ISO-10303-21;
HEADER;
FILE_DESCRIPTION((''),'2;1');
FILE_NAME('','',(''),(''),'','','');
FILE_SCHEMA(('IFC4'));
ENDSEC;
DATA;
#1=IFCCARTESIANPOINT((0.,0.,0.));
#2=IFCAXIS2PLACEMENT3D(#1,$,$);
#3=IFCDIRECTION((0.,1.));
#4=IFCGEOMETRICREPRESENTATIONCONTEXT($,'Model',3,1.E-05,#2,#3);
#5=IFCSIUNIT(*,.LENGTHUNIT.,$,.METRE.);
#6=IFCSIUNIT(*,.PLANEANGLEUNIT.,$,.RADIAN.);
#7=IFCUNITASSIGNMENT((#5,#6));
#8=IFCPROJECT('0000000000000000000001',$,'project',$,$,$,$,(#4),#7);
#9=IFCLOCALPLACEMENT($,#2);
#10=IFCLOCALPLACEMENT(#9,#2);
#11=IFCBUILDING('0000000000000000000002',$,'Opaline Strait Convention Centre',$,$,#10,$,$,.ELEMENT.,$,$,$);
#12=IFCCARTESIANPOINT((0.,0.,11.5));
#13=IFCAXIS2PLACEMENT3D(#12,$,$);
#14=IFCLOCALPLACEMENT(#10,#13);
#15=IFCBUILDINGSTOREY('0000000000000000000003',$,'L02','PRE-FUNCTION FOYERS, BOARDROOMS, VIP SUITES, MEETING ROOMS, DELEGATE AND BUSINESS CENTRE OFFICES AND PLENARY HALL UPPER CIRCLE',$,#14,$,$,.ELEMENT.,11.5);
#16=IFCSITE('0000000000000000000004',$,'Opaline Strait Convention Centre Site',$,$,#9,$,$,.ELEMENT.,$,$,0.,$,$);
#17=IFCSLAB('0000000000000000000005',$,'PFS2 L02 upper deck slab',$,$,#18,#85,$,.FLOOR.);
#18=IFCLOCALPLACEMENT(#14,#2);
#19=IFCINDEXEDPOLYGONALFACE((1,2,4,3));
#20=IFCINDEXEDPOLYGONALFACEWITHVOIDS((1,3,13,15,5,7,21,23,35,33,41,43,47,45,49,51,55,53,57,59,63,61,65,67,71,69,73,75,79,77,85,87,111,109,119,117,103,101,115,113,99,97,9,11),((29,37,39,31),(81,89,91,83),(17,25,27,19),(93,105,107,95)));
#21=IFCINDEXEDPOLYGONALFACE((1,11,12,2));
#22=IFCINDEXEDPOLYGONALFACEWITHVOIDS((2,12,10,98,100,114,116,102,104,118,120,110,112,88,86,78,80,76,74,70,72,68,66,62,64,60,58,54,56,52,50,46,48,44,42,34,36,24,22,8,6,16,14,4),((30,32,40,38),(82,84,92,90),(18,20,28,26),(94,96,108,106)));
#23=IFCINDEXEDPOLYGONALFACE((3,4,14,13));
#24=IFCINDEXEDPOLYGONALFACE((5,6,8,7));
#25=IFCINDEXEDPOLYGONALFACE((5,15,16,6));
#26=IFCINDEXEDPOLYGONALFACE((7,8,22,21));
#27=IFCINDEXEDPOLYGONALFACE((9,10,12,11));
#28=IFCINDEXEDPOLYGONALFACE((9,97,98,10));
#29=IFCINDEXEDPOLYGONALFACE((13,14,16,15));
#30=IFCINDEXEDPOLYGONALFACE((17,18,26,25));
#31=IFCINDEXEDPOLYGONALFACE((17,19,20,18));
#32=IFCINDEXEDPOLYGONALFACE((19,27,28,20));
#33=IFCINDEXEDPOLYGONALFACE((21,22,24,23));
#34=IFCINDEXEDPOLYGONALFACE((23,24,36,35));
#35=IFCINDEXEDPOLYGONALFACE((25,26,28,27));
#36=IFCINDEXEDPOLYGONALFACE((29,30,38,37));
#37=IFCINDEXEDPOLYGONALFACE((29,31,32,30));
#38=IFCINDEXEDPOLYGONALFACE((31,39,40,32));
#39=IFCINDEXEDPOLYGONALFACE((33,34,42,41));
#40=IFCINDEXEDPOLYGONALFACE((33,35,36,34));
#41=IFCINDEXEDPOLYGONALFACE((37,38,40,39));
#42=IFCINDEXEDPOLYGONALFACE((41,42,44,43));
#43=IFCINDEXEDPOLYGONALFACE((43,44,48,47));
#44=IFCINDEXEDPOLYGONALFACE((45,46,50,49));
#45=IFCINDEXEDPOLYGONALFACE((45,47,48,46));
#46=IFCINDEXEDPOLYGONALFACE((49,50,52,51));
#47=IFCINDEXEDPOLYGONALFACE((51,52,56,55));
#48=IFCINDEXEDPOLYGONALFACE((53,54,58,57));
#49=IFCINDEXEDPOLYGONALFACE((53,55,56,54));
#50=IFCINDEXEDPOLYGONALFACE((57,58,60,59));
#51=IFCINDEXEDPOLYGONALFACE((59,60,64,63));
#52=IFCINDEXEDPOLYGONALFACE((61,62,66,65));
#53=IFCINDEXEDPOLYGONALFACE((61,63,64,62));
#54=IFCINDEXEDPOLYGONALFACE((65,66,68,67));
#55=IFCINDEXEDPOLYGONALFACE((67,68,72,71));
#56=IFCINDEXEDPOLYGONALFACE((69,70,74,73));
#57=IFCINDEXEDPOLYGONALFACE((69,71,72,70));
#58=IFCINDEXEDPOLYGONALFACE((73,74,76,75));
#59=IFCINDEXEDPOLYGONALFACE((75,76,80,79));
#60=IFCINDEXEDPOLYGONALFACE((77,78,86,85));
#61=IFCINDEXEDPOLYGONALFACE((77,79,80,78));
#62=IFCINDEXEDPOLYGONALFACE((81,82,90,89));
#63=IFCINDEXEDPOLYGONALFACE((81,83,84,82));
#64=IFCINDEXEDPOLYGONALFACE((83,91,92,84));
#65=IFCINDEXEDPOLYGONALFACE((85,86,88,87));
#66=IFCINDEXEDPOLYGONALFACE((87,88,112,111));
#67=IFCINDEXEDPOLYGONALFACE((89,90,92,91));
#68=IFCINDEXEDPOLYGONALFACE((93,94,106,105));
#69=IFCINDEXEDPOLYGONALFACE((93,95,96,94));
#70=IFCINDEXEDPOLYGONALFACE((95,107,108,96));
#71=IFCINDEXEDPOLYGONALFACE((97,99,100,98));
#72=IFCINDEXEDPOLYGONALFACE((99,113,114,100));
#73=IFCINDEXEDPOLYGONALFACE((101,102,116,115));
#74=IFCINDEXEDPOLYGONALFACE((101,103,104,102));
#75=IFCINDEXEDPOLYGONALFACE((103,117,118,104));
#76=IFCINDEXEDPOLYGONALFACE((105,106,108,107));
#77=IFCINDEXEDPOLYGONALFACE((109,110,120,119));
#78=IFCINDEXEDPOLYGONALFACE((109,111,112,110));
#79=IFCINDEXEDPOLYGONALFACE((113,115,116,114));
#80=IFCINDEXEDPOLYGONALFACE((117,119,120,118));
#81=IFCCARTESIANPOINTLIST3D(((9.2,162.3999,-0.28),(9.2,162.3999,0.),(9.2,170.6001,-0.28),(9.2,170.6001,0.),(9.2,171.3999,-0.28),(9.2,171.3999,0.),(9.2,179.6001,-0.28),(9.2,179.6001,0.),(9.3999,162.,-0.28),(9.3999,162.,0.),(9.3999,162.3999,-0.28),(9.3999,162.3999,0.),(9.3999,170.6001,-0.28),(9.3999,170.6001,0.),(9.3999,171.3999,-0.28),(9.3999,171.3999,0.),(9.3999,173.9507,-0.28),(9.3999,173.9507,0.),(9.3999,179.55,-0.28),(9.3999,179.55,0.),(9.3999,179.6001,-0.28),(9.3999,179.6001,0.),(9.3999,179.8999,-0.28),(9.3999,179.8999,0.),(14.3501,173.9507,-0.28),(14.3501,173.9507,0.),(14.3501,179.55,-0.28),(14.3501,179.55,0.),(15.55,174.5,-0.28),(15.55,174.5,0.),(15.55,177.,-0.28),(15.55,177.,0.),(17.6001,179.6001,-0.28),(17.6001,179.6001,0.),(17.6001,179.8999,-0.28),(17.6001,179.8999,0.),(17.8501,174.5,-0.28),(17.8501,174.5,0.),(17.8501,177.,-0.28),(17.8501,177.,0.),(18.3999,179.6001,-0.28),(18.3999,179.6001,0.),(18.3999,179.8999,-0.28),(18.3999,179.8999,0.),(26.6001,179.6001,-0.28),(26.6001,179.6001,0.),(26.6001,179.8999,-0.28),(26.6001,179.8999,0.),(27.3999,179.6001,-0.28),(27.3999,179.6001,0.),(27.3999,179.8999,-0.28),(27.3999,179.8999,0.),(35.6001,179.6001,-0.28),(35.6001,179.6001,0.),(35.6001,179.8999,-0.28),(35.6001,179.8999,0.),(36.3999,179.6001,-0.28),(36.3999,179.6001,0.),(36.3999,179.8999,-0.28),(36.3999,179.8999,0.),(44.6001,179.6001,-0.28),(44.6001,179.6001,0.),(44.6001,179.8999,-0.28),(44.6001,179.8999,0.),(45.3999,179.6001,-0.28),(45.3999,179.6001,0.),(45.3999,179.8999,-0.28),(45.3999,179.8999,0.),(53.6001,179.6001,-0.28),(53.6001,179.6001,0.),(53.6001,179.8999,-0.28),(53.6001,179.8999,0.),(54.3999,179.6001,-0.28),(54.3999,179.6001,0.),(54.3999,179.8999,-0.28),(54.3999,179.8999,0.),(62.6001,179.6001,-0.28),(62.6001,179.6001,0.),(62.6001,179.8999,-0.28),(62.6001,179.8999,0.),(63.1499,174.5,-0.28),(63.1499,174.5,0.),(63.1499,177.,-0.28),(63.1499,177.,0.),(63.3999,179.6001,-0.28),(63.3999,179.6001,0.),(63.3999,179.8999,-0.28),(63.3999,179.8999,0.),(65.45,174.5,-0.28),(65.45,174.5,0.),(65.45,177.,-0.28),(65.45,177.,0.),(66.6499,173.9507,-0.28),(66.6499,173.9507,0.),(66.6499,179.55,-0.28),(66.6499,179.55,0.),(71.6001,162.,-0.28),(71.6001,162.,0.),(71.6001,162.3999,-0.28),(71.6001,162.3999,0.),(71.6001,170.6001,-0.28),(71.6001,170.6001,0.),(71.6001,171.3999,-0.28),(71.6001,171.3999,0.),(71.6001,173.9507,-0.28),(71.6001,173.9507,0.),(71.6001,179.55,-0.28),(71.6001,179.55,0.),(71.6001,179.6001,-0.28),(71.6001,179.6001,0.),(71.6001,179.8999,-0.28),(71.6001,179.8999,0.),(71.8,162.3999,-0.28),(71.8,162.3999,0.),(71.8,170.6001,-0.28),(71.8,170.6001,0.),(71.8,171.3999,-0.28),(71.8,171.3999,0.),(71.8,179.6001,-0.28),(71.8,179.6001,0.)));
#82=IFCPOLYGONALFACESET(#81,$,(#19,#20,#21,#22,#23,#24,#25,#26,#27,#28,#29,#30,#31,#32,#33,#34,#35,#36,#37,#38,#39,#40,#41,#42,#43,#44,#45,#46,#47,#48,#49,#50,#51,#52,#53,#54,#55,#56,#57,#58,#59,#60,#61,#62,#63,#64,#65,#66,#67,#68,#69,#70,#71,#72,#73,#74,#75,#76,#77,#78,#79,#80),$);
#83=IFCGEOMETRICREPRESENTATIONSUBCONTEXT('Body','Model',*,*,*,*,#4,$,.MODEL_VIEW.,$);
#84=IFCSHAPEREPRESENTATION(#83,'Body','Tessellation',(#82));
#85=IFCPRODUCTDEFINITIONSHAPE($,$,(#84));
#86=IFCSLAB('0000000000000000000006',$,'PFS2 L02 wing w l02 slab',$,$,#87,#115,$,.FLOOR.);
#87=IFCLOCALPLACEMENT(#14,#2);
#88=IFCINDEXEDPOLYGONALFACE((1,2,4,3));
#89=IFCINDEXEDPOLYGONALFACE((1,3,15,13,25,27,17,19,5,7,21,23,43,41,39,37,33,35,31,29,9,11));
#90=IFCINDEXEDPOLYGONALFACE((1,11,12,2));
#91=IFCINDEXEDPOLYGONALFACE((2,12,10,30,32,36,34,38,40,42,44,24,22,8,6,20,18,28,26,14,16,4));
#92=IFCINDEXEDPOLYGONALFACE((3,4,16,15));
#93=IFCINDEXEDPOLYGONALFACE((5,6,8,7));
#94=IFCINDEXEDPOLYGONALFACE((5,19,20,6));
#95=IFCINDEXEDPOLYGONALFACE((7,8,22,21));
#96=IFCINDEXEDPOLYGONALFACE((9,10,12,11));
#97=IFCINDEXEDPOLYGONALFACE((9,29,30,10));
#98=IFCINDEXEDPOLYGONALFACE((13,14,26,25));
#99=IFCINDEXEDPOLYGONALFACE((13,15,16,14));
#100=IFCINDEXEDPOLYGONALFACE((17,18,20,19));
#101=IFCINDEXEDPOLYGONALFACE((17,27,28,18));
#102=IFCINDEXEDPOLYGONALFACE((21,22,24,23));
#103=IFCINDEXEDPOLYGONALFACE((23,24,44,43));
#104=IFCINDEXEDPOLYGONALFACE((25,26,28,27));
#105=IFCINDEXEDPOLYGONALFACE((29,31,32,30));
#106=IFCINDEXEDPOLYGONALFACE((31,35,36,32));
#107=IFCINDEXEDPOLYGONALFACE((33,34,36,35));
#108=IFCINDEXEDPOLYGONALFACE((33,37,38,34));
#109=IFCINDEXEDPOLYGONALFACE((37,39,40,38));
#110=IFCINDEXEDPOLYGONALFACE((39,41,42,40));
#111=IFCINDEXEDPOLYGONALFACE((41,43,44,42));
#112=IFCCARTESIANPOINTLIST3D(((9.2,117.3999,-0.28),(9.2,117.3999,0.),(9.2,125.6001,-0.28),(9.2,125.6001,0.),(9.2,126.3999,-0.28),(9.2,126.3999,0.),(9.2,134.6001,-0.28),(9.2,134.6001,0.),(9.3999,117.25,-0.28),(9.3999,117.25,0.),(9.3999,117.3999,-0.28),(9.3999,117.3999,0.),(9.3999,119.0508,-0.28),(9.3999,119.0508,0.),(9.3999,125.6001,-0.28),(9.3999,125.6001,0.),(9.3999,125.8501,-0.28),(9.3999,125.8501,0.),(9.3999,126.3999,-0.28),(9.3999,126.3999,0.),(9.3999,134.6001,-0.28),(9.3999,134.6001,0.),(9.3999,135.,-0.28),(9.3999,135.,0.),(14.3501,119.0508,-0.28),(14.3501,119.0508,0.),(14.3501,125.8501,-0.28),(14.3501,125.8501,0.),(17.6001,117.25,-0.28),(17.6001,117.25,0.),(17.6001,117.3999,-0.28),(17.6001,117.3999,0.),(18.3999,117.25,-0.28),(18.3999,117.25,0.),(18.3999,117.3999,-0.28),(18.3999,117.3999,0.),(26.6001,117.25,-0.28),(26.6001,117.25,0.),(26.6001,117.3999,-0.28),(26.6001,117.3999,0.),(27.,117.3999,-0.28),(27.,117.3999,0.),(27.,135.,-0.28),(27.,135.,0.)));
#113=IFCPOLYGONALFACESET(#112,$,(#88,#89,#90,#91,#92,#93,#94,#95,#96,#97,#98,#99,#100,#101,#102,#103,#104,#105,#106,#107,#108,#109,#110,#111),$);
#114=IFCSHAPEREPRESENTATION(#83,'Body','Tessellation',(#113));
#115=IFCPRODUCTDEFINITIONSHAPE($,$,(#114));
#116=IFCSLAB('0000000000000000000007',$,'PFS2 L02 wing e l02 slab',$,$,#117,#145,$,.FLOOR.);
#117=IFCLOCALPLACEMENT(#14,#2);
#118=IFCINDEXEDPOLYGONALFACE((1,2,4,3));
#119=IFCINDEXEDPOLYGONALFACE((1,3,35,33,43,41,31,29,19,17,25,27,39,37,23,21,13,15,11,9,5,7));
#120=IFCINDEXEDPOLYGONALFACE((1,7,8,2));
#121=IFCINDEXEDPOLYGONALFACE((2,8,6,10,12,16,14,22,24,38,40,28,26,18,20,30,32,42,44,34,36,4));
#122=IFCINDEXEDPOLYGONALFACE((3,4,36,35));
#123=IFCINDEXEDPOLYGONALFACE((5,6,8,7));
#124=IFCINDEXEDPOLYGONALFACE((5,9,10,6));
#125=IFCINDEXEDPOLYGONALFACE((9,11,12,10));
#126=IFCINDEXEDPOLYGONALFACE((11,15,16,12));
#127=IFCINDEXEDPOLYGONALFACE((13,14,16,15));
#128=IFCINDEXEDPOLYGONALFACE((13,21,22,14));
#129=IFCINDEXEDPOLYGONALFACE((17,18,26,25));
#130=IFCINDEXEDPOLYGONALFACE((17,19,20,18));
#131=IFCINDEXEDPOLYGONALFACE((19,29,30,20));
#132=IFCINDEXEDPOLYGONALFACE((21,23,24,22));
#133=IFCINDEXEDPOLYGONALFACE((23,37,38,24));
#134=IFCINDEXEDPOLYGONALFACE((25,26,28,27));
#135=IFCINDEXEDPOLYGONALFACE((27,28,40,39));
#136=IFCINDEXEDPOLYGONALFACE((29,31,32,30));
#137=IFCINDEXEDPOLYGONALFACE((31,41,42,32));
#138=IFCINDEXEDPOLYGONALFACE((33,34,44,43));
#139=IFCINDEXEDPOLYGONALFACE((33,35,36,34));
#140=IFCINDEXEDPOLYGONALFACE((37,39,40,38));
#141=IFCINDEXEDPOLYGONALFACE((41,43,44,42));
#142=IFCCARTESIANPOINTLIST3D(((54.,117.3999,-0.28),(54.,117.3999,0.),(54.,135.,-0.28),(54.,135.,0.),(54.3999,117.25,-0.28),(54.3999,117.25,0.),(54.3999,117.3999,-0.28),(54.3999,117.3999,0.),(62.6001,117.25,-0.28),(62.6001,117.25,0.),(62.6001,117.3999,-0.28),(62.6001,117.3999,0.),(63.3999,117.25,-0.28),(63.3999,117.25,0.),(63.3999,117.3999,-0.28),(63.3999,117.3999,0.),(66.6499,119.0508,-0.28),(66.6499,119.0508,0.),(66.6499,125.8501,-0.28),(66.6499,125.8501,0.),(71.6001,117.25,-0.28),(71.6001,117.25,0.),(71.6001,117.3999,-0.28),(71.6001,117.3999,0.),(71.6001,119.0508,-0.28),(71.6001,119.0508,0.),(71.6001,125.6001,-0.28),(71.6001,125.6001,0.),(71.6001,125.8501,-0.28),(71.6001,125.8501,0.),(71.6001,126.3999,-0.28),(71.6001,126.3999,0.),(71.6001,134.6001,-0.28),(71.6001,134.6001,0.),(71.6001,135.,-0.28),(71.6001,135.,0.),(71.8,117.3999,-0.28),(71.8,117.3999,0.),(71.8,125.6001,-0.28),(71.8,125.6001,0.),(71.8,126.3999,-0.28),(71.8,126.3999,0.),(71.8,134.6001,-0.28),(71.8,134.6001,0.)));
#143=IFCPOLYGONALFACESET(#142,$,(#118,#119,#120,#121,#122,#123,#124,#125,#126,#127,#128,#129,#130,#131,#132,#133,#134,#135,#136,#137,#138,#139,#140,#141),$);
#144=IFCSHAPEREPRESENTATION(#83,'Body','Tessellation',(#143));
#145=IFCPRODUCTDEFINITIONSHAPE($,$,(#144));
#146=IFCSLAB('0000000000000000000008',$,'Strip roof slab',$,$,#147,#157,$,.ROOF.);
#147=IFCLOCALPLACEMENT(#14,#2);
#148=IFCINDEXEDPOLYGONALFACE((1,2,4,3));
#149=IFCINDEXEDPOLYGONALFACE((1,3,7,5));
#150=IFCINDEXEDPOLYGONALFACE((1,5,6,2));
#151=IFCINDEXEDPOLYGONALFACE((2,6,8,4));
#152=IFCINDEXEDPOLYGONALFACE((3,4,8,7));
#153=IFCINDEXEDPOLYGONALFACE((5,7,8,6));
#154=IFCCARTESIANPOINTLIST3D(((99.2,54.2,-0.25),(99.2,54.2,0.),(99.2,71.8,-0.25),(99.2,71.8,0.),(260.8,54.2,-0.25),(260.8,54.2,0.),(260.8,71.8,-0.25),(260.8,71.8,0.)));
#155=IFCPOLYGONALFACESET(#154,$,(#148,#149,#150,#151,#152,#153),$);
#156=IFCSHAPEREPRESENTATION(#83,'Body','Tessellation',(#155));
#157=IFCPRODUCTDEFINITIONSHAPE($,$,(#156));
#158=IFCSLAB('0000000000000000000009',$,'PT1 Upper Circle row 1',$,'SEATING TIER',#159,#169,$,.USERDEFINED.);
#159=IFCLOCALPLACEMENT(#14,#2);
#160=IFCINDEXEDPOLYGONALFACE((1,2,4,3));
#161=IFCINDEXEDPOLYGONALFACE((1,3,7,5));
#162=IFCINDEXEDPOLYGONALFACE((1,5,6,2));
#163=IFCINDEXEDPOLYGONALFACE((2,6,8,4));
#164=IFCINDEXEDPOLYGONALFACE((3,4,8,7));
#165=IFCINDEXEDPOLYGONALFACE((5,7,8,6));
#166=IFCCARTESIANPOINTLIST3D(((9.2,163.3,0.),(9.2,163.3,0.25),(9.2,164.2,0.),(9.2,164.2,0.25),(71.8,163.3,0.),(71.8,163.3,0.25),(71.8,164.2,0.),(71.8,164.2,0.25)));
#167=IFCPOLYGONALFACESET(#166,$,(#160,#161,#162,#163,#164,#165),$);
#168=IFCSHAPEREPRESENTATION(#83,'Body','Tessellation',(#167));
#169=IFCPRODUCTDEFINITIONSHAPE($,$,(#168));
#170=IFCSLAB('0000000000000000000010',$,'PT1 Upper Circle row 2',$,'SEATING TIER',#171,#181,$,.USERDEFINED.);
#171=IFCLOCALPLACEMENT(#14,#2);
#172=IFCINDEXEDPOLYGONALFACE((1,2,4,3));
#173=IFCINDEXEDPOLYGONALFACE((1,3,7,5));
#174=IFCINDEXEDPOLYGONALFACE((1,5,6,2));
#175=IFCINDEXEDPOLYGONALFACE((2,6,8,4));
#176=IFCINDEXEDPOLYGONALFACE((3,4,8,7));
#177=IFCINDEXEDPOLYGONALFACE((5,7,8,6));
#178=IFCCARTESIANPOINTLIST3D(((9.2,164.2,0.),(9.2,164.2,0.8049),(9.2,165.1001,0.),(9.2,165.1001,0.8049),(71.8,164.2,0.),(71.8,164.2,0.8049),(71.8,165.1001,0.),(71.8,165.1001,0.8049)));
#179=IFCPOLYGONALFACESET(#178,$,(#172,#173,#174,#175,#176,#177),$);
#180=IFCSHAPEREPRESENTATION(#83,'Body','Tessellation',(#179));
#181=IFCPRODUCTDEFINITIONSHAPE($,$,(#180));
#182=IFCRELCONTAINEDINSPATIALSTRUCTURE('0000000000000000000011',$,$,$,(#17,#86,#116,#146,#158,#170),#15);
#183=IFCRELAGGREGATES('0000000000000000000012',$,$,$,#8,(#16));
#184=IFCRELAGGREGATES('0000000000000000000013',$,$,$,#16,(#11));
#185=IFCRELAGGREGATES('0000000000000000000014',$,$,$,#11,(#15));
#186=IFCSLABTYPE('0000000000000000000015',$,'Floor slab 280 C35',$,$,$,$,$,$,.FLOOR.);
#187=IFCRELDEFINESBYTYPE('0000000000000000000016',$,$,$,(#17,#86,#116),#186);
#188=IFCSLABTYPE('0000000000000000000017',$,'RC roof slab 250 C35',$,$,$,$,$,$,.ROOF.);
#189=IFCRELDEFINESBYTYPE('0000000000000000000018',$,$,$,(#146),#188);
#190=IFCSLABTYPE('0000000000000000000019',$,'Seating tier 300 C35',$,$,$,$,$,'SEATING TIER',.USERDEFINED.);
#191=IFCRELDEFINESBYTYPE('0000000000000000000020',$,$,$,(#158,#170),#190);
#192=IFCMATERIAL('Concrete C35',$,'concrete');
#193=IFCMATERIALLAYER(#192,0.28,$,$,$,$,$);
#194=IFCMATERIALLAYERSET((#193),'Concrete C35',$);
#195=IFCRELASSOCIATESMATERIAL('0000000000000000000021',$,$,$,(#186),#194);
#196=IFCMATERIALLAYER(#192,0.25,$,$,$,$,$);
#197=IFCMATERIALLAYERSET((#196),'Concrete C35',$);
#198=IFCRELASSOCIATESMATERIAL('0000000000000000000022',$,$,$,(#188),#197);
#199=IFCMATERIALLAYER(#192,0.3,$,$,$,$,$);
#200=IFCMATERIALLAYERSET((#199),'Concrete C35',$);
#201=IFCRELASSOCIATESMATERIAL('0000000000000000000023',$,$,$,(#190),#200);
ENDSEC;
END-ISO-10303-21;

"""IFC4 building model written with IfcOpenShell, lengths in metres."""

from ifc_helpers import new_model, si_unit, direction, frame, origin, place, context, subcontext, project, spatial, polyline, outline, extrude, material, layer, layer_set, type_object, element, save


model = new_model("IFC4")

# Units and contexts
model_context = context("Model", 3, precision=1e-05, world=origin(), true_north=direction((0.0, 1.0)))
body_context = subcontext(model_context, "Body", "Model", "MODEL_VIEW")
ifc_project = project(units=[si_unit("LENGTHUNIT", "METRE"), si_unit("PLANEANGLEUNIT", "RADIAN")], contexts=[model_context])

# Site, building, storey
site_placement = place(None, origin())
site = spatial("IfcSite", under=ifc_project, at=site_placement, Name="Opaline Strait Convention Centre Site", CompositionType="ELEMENT", RefElevation=0.0)
building_placement = place(site_placement, origin())
building = spatial("IfcBuilding", under=site, at=building_placement, Name="Opaline Strait Convention Centre", CompositionType="ELEMENT")
storey_placement = place(building_placement, frame((0.0, 0.0, 11.5)))
storey = spatial("IfcBuildingStorey", under=building, at=storey_placement, Name="L02", Description="PRE-FUNCTION FOYERS, BOARDROOMS, VIP SUITES, MEETING ROOMS, DELEGATE AND BUSINESS CENTRE OFFICES AND PLENARY HALL UPPER CIRCLE", CompositionType="ELEMENT", Elevation=11.5)

# Slabs
ifc_material_1 = material(Name="Concrete C35", Category="concrete")
ifc_layer_1 = layer(ifc_material_1, 0.28)
ifc_layer_set_1 = layer_set([ifc_layer_1], Name="Concrete C35")
slab_type_1 = type_object("IfcSlabType", Name="Floor slab 280 C35", PredefinedType="FLOOR", material=ifc_layer_set_1)
slab_1_placement = place(storey_placement, frame((0.0, 0.0, -0.28)))
element("IfcSlab", 1, at=slab_1_placement, inside=storey, type_object=slab_type_1, Name="PFS2 L02 upper deck slab", PredefinedType="FLOOR", context=body_context, shape_type="SweptSolid", body=[
    extrude(outline(polyline([(17.6001, 179.8999), (17.6001, 179.6001), (18.3999, 179.6001), (18.3999, 179.8999), (26.6001, 179.8999), (26.6001, 179.6001), (27.3999, 179.6001), (27.3999, 179.8999), (35.6001, 179.8999), (35.6001, 179.6001), (36.3999, 179.6001), (36.3999, 179.8999), (44.6001, 179.8999), (44.6001, 179.6001), (45.3999, 179.6001), (45.3999, 179.8999), (53.6001, 179.8999), (53.6001, 179.6001), (54.3999, 179.6001), (54.3999, 179.8999), (62.6001, 179.8999), (62.6001, 179.6001), (63.3999, 179.6001), (63.3999, 179.8999), (71.6001, 179.8999), (71.6001, 179.6001), (71.8, 179.6001), (71.8, 171.3999), (71.6001, 171.3999), (71.6001, 170.6001), (71.8, 170.6001), (71.8, 162.3999), (71.6001, 162.3999), (71.6001, 162.0), (9.3999, 162.0), (9.3999, 162.3999), (9.2, 162.3999), (9.2, 170.6001), (9.3999, 170.6001), (9.3999, 171.3999), (9.2, 171.3999), (9.2, 179.6001), (9.3999, 179.6001), (9.3999, 179.8999), (17.6001, 179.8999)]), holes=[polyline([(14.3501, 179.55), (9.3999, 179.55), (9.3999, 173.9507), (14.3501, 173.9507), (14.3501, 179.55)]), polyline([(71.6001, 173.9507), (71.6001, 179.55), (66.6499, 179.55), (66.6499, 173.9507), (71.6001, 173.9507)]), polyline([(15.55, 174.5), (17.8501, 174.5), (17.8501, 177.0), (15.55, 177.0), (15.55, 174.5)]), polyline([(63.1499, 177.0), (63.1499, 174.5), (65.45, 174.5), (65.45, 177.0), (63.1499, 177.0)])]), origin(), (0.0, 0.0, 1.0), 0.28),
])
slab_2_placement = place(storey_placement, frame((0.0, 0.0, -0.28)))
element("IfcSlab", 2, at=slab_2_placement, inside=storey, type_object=slab_type_1, Name="PFS2 L02 wing w l02 slab", PredefinedType="FLOOR", context=body_context, shape_type="SweptSolid", body=[
    extrude(outline(polyline([(18.3999, 117.25), (18.3999, 117.3999), (17.6001, 117.3999), (17.6001, 117.25), (9.3999, 117.25), (9.3999, 117.3999), (9.2, 117.3999), (9.2, 125.6001), (9.3999, 125.6001), (9.3999, 119.0508), (14.3501, 119.0508), (14.3501, 125.8501), (9.3999, 125.8501), (9.3999, 126.3999), (9.2, 126.3999), (9.2, 134.6001), (9.3999, 134.6001), (9.3999, 135.0), (27.0, 135.0), (27.0, 117.3999), (26.6001, 117.3999), (26.6001, 117.25), (18.3999, 117.25)])), origin(), (0.0, 0.0, 1.0), 0.28),
])
slab_3_placement = place(storey_placement, frame((0.0, 0.0, -0.28)))
element("IfcSlab", 3, at=slab_3_placement, inside=storey, type_object=slab_type_1, Name="PFS2 L02 wing e l02 slab", PredefinedType="FLOOR", context=body_context, shape_type="SweptSolid", body=[
    extrude(outline(polyline([(63.3999, 117.25), (63.3999, 117.3999), (62.6001, 117.3999), (62.6001, 117.25), (54.3999, 117.25), (54.3999, 117.3999), (54.0, 117.3999), (54.0, 135.0), (71.6001, 135.0), (71.6001, 134.6001), (71.8, 134.6001), (71.8, 126.3999), (71.6001, 126.3999), (71.6001, 125.8501), (66.6499, 125.8501), (66.6499, 119.0508), (71.6001, 119.0508), (71.6001, 125.6001), (71.8, 125.6001), (71.8, 117.3999), (71.6001, 117.3999), (71.6001, 117.25), (63.3999, 117.25)])), origin(), (0.0, 0.0, 1.0), 0.28),
])
ifc_layer_2 = layer(ifc_material_1, 0.25)
ifc_layer_set_2 = layer_set([ifc_layer_2], Name="Concrete C35")
slab_type_2 = type_object("IfcSlabType", Name="RC roof slab 250 C35", PredefinedType="ROOF", material=ifc_layer_set_2)
slab_4_placement = place(storey_placement, frame((0.0, 0.0, -0.25)))
element("IfcSlab", 4, at=slab_4_placement, inside=storey, type_object=slab_type_2, Name="Strip roof slab", PredefinedType="ROOF", context=body_context, shape_type="SweptSolid", body=[
    extrude(outline(polyline([(99.2, 54.2), (99.2, 71.8), (260.8, 71.8), (260.8, 54.2), (99.2, 54.2)])), origin(), (0.0, 0.0, 1.0), 0.25),
])
ifc_layer_3 = layer(ifc_material_1, 0.3)
ifc_layer_set_3 = layer_set([ifc_layer_3], Name="Concrete C35")
slab_type_3 = type_object("IfcSlabType", Name="Seating tier 300 C35", ElementType="SEATING TIER", PredefinedType="USERDEFINED", material=ifc_layer_set_3)
slab_5_placement = place(storey_placement, origin())
element("IfcSlab", 5, at=slab_5_placement, inside=storey, type_object=slab_type_3, Name="PT1 Upper Circle row 1", ObjectType="SEATING TIER", PredefinedType="USERDEFINED", context=body_context, shape_type="SweptSolid", body=[
    extrude(outline(polyline([(9.2, 163.3), (9.2, 164.2), (71.8, 164.2), (71.8, 163.3), (9.2, 163.3)])), origin(), (0.0, 0.0, 1.0), 0.25),
])
slab_6_placement = place(storey_placement, origin())
element("IfcSlab", 6, at=slab_6_placement, inside=storey, type_object=slab_type_3, Name="PT1 Upper Circle row 2", ObjectType="SEATING TIER", PredefinedType="USERDEFINED", context=body_context, shape_type="SweptSolid", body=[
    extrude(outline(polyline([(9.2, 164.2), (9.2, 165.1001), (71.8, 165.1001), (71.8, 164.2), (9.2, 164.2)])), origin(), (0.0, 0.0, 1.0), 0.8049),
])

save(model, "model.ifc")
